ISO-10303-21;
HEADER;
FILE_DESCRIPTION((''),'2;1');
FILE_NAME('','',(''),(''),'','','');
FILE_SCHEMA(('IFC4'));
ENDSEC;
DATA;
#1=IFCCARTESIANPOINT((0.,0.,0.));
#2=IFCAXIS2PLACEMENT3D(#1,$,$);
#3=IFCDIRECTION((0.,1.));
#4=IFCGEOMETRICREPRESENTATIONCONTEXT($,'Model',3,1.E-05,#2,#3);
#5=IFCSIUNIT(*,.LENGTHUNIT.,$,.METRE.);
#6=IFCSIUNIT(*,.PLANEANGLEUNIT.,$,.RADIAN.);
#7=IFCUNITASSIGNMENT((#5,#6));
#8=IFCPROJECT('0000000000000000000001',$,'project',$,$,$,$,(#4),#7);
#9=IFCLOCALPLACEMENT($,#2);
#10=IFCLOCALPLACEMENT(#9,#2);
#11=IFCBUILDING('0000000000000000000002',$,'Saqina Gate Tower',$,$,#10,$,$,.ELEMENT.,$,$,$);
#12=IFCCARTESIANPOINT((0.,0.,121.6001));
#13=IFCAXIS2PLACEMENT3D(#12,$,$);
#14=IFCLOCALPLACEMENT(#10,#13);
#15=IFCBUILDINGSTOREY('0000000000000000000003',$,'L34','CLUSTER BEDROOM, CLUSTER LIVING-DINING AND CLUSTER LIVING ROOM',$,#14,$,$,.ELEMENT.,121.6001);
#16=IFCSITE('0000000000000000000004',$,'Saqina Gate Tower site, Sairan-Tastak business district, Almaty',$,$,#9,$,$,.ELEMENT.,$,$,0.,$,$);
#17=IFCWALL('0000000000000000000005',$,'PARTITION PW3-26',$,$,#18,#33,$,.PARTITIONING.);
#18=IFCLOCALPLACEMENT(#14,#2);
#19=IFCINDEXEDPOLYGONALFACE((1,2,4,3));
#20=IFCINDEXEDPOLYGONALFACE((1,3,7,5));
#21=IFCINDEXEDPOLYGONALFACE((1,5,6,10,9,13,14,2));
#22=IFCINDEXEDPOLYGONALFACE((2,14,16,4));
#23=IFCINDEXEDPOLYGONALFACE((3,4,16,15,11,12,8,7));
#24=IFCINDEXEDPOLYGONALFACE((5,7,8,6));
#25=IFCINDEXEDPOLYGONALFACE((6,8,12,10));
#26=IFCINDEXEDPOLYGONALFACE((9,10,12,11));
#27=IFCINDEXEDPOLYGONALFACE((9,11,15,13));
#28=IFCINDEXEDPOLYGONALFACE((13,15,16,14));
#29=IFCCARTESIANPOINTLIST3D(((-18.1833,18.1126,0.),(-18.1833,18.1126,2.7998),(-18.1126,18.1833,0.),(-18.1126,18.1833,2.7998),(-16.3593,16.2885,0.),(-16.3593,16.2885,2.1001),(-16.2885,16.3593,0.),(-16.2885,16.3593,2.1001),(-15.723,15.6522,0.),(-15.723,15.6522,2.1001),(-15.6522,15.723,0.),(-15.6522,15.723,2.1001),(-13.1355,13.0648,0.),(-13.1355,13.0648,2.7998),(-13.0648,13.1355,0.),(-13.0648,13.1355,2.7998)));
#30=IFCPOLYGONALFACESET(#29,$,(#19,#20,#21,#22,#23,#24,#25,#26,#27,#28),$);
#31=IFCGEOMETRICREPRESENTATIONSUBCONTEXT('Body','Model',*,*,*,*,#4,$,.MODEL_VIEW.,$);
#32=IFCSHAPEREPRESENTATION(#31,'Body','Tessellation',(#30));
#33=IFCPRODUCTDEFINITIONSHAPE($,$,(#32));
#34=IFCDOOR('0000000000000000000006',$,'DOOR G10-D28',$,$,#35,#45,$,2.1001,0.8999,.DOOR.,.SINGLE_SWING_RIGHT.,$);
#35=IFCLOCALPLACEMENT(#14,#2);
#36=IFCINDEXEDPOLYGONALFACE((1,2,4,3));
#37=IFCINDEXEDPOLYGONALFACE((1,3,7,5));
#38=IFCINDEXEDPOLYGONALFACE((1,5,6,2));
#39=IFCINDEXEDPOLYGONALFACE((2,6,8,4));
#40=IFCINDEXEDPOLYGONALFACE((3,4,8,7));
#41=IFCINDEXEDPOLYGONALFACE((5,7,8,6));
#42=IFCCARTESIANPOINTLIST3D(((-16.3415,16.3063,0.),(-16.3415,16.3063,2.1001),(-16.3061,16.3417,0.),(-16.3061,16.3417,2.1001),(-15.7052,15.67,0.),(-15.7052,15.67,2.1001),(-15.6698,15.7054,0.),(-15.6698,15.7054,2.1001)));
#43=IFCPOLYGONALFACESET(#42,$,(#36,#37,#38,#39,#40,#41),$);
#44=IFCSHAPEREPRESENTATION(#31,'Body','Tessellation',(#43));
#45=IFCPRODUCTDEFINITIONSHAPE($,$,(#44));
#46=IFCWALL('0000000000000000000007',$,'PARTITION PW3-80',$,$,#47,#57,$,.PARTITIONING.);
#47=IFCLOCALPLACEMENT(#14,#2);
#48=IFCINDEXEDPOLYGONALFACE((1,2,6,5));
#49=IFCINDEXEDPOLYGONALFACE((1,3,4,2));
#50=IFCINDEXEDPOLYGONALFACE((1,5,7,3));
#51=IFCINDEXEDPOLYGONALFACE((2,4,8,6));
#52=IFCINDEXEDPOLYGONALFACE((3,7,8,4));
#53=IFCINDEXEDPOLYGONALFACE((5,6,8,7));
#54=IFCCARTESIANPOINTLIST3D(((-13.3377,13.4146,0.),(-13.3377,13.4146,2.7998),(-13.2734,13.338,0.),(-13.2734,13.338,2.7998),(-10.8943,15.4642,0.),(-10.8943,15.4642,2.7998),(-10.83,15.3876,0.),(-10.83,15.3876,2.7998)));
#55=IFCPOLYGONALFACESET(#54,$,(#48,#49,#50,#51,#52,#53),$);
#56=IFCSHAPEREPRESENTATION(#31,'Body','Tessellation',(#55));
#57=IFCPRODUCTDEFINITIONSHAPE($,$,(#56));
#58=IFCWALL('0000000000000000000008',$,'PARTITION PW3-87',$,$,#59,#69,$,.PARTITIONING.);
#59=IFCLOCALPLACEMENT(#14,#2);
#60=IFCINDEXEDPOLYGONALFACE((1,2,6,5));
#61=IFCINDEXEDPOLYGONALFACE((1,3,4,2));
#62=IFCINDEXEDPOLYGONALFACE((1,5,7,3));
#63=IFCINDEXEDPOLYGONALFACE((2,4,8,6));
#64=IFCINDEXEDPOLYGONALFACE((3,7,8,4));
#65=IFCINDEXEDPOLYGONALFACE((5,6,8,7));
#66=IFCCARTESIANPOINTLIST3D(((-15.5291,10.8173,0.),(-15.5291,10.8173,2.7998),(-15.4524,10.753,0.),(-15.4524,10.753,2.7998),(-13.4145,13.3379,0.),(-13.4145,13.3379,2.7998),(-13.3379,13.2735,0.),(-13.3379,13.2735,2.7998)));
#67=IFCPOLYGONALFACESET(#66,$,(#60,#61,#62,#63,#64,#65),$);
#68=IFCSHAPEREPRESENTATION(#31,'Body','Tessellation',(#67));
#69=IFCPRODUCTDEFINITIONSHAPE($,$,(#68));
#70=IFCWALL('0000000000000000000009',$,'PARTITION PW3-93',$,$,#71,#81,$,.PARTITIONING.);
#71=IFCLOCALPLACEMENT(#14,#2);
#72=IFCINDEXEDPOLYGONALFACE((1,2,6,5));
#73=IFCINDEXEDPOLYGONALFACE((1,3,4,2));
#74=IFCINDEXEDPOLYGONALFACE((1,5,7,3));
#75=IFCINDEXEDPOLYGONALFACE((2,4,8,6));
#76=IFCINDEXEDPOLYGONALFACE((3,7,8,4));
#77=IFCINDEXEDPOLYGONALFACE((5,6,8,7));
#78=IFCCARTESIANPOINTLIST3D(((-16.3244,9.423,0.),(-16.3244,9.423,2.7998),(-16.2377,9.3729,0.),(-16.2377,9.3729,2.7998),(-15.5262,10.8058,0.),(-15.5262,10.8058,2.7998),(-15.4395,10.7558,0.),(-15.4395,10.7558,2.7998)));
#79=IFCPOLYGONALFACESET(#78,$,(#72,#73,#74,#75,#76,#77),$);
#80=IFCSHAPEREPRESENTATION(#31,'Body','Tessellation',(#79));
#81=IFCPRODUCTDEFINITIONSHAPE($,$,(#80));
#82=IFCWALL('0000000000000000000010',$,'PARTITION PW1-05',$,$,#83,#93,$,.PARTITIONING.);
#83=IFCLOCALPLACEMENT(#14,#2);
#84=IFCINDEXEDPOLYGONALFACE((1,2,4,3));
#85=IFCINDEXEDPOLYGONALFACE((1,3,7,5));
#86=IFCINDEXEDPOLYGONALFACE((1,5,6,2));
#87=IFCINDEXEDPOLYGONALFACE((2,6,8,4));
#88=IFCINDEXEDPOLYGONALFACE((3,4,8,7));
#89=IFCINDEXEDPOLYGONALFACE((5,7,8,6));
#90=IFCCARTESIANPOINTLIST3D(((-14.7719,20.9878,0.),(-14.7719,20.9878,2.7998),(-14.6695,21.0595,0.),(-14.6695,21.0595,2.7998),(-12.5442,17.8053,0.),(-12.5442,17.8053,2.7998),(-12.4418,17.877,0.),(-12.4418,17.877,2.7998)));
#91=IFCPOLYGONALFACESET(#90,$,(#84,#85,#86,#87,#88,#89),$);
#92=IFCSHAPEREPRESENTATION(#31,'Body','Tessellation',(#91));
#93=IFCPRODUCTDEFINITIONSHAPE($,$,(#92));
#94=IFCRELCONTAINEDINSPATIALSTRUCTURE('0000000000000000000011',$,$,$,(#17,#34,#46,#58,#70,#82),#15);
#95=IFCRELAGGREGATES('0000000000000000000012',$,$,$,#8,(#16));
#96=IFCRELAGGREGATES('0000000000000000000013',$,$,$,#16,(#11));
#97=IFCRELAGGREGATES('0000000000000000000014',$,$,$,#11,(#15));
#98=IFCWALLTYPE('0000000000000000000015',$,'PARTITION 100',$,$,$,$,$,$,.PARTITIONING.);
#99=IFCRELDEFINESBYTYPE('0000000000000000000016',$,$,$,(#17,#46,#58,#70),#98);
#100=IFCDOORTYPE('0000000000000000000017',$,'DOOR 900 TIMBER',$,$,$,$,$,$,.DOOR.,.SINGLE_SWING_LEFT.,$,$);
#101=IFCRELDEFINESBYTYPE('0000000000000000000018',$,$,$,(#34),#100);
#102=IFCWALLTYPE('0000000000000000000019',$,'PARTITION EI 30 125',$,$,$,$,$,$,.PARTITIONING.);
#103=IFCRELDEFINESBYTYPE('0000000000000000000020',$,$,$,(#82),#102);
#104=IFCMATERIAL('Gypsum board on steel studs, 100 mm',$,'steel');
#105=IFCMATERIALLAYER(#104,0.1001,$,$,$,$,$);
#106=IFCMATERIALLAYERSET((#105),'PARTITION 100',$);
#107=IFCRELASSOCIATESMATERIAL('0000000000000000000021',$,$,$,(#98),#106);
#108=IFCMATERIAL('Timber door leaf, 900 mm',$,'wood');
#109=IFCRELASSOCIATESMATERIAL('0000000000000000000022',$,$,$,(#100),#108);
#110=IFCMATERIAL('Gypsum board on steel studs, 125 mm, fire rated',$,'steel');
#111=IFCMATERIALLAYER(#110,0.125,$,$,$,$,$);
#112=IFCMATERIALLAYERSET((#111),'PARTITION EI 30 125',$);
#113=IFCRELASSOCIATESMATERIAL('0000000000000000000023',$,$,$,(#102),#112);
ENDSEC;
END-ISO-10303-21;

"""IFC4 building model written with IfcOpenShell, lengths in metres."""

from ifc_helpers import new_model, si_unit, direction, frame, frame_2d, origin, place, context, subcontext, project, spatial, rectangle, extrude, material, layer, layer_set, type_object, element, fill, save


model = new_model("IFC4")

# Units and contexts
model_context = context("Model", 3, precision=1e-05, world=origin(), true_north=direction((0.0, 1.0)))
body_context = subcontext(model_context, "Body", "Model", "MODEL_VIEW")
ifc_project = project(units=[si_unit("LENGTHUNIT", "METRE"), si_unit("PLANEANGLEUNIT", "RADIAN")], contexts=[model_context])

# Site, building, storey
site_placement = place(None, origin())
site = spatial("IfcSite", under=ifc_project, at=site_placement, Name="Saqina Gate Tower site, Sairan-Tastak business district, Almaty", CompositionType="ELEMENT", RefElevation=0.0)
building_placement = place(site_placement, origin())
building = spatial("IfcBuilding", under=site, at=building_placement, Name="Saqina Gate Tower", CompositionType="ELEMENT")
storey_placement = place(building_placement, frame((0.0, 0.0, 121.6001)))
storey = spatial("IfcBuildingStorey", under=building, at=storey_placement, Name="L34", Description="CLUSTER BEDROOM, CLUSTER LIVING-DINING AND CLUSTER LIVING ROOM", CompositionType="ELEMENT", Elevation=121.6001)

# Wall, opening, door
ifc_material_1 = material(Name="Gypsum board on steel studs, 100 mm", Category="steel")
ifc_layer_1 = layer(ifc_material_1, 0.1001)
ifc_layer_set_1 = layer_set([ifc_layer_1], Name="PARTITION 100")
wall_type_1 = type_object("IfcWallType", Name="PARTITION 100", PredefinedType="PARTITIONING", material=ifc_layer_set_1)
wall_1_placement = place(storey_placement, frame((-18.1479, 18.1479, 0.0), z_axis=(0.0, 0.0, 1.0), x_axis=(0.707107, -0.707107, 0.0)))
wall_1 = element("IfcWall", 1, at=wall_1_placement, inside=storey, type_object=wall_type_1, Name="PARTITION PW3-26", PredefinedType="PARTITIONING", context=body_context, shape_type="SweptSolid", body=[
    extrude(rectangle(XDim=7.1387, YDim=0.1001, at=frame_2d((3.5693, 0.0))), origin(), (0.0, 0.0, 1.0), 2.7998),
])
opening_1_placement = place(wall_1_placement, frame((2.5796, 0.0, 0.0)))
opening_1 = element("IfcOpeningElement", 2, at=opening_1_placement, cuts=wall_1, PredefinedType="OPENING", context=body_context, shape_type="SweptSolid", body=[
    extrude(rectangle(XDim=0.8999, YDim=2.1001, at=frame_2d((0.45, 1.05))), frame((0.0, 0.062, 0.0), z_axis=(0.0, -1.0, 0.0), x_axis=(1.0, 0.0, 0.0)), (0.0, 0.0, 1.0), 0.124),
])
ifc_material_2 = material(Name="Timber door leaf, 900 mm", Category="wood")
door_type = type_object("IfcDoorType", Name="DOOR 900 TIMBER", OperationType="SINGLE_SWING_LEFT", PredefinedType="DOOR", material=ifc_material_2)
door_placement = place(opening_1_placement, frame((0.8999, 0.0, 0.0), z_axis=(0.0, 0.0, 1.0), x_axis=(-1.0, 0.0, 0.0)))
door = element("IfcDoor", 3, at=door_placement, inside=storey, type_object=door_type, Name="DOOR G10-D28", OperationType="SINGLE_SWING_RIGHT", OverallHeight=2.1001, OverallWidth=0.8999, PredefinedType="DOOR", context=body_context, shape_type="SweptSolid", body=[
    extrude(rectangle(XDim=0.8999, YDim=2.1001, at=frame_2d((0.45, 1.05))), frame((0.0, 0.0249, 0.0), z_axis=(0.0, -1.0, 0.0), x_axis=(1.0, 0.0, 0.0)), (0.0, 0.0, 1.0), 0.05),
])
fill(opening_1, door)

# Walls
wall_2_placement = place(storey_placement, frame((-13.3057, 13.3762, 0.0), z_axis=(0.0, 0.0, 1.0), x_axis=(0.766147, 0.642666, 0.0)))
element("IfcWall", 4, at=wall_2_placement, inside=storey, type_object=wall_type_1, Name="PARTITION PW3-80", PredefinedType="PARTITIONING", context=body_context, shape_type="SweptSolid", body=[
    extrude(rectangle(XDim=3.1892, YDim=0.1001, at=frame_2d((1.5947, 0.0))), origin(), (0.0, 0.0, 1.0), 2.7998),
])
wall_3_placement = place(storey_placement, frame((-15.4907, 10.7852, 0.0), z_axis=(0.0, 0.0, 1.0), x_axis=(0.642706, 0.766113, 0.0)))
element("IfcWall", 5, at=wall_3_placement, inside=storey, type_object=wall_type_1, Name="PARTITION PW3-87", PredefinedType="PARTITIONING", context=body_context, shape_type="SweptSolid", body=[
    extrude(rectangle(XDim=3.29, YDim=0.1001, at=frame_2d((1.645, 0.0))), origin(), (0.0, 0.0, 1.0), 2.7998),
])
wall_4_placement = place(storey_placement, frame((-16.281, 9.3979, 0.0), z_axis=(0.0, 0.0, 1.0), x_axis=(0.499872, 0.866099, 0.0)))
element("IfcWall", 6, at=wall_4_placement, inside=storey, type_object=wall_type_1, Name="PARTITION PW3-93", PredefinedType="PARTITIONING", context=body_context, shape_type="SweptSolid", body=[
    extrude(rectangle(XDim=1.5967, YDim=0.1001, at=frame_2d((0.7983, 0.0))), origin(), (0.0, 0.0, 1.0), 2.7998),
])
ifc_material_3 = material(Name="Gypsum board on steel studs, 125 mm, fire rated", Category="steel")
ifc_layer_2 = layer(ifc_material_3, 0.125)
ifc_layer_set_2 = layer_set([ifc_layer_2], Name="PARTITION EI 30 125")
wall_type_2 = type_object("IfcWallType", Name="PARTITION EI 30 125", PredefinedType="PARTITIONING", material=ifc_layer_set_2)
wall_5_placement = place(storey_placement, frame((-14.7207, 21.0237, 0.0), z_axis=(0.0, 0.0, 1.0), x_axis=(0.573454, -0.819238, 0.0)))
element("IfcWall", 7, at=wall_5_placement, inside=storey, type_object=wall_type_2, Name="PARTITION PW1-05", PredefinedType="PARTITIONING", context=body_context, shape_type="SweptSolid", body=[
    extrude(rectangle(XDim=3.8848, YDim=0.125, at=frame_2d((1.9424, 0.0))), origin(), (0.0, 0.0, 1.0), 2.7998),
])

save(model, "model.ifc")
